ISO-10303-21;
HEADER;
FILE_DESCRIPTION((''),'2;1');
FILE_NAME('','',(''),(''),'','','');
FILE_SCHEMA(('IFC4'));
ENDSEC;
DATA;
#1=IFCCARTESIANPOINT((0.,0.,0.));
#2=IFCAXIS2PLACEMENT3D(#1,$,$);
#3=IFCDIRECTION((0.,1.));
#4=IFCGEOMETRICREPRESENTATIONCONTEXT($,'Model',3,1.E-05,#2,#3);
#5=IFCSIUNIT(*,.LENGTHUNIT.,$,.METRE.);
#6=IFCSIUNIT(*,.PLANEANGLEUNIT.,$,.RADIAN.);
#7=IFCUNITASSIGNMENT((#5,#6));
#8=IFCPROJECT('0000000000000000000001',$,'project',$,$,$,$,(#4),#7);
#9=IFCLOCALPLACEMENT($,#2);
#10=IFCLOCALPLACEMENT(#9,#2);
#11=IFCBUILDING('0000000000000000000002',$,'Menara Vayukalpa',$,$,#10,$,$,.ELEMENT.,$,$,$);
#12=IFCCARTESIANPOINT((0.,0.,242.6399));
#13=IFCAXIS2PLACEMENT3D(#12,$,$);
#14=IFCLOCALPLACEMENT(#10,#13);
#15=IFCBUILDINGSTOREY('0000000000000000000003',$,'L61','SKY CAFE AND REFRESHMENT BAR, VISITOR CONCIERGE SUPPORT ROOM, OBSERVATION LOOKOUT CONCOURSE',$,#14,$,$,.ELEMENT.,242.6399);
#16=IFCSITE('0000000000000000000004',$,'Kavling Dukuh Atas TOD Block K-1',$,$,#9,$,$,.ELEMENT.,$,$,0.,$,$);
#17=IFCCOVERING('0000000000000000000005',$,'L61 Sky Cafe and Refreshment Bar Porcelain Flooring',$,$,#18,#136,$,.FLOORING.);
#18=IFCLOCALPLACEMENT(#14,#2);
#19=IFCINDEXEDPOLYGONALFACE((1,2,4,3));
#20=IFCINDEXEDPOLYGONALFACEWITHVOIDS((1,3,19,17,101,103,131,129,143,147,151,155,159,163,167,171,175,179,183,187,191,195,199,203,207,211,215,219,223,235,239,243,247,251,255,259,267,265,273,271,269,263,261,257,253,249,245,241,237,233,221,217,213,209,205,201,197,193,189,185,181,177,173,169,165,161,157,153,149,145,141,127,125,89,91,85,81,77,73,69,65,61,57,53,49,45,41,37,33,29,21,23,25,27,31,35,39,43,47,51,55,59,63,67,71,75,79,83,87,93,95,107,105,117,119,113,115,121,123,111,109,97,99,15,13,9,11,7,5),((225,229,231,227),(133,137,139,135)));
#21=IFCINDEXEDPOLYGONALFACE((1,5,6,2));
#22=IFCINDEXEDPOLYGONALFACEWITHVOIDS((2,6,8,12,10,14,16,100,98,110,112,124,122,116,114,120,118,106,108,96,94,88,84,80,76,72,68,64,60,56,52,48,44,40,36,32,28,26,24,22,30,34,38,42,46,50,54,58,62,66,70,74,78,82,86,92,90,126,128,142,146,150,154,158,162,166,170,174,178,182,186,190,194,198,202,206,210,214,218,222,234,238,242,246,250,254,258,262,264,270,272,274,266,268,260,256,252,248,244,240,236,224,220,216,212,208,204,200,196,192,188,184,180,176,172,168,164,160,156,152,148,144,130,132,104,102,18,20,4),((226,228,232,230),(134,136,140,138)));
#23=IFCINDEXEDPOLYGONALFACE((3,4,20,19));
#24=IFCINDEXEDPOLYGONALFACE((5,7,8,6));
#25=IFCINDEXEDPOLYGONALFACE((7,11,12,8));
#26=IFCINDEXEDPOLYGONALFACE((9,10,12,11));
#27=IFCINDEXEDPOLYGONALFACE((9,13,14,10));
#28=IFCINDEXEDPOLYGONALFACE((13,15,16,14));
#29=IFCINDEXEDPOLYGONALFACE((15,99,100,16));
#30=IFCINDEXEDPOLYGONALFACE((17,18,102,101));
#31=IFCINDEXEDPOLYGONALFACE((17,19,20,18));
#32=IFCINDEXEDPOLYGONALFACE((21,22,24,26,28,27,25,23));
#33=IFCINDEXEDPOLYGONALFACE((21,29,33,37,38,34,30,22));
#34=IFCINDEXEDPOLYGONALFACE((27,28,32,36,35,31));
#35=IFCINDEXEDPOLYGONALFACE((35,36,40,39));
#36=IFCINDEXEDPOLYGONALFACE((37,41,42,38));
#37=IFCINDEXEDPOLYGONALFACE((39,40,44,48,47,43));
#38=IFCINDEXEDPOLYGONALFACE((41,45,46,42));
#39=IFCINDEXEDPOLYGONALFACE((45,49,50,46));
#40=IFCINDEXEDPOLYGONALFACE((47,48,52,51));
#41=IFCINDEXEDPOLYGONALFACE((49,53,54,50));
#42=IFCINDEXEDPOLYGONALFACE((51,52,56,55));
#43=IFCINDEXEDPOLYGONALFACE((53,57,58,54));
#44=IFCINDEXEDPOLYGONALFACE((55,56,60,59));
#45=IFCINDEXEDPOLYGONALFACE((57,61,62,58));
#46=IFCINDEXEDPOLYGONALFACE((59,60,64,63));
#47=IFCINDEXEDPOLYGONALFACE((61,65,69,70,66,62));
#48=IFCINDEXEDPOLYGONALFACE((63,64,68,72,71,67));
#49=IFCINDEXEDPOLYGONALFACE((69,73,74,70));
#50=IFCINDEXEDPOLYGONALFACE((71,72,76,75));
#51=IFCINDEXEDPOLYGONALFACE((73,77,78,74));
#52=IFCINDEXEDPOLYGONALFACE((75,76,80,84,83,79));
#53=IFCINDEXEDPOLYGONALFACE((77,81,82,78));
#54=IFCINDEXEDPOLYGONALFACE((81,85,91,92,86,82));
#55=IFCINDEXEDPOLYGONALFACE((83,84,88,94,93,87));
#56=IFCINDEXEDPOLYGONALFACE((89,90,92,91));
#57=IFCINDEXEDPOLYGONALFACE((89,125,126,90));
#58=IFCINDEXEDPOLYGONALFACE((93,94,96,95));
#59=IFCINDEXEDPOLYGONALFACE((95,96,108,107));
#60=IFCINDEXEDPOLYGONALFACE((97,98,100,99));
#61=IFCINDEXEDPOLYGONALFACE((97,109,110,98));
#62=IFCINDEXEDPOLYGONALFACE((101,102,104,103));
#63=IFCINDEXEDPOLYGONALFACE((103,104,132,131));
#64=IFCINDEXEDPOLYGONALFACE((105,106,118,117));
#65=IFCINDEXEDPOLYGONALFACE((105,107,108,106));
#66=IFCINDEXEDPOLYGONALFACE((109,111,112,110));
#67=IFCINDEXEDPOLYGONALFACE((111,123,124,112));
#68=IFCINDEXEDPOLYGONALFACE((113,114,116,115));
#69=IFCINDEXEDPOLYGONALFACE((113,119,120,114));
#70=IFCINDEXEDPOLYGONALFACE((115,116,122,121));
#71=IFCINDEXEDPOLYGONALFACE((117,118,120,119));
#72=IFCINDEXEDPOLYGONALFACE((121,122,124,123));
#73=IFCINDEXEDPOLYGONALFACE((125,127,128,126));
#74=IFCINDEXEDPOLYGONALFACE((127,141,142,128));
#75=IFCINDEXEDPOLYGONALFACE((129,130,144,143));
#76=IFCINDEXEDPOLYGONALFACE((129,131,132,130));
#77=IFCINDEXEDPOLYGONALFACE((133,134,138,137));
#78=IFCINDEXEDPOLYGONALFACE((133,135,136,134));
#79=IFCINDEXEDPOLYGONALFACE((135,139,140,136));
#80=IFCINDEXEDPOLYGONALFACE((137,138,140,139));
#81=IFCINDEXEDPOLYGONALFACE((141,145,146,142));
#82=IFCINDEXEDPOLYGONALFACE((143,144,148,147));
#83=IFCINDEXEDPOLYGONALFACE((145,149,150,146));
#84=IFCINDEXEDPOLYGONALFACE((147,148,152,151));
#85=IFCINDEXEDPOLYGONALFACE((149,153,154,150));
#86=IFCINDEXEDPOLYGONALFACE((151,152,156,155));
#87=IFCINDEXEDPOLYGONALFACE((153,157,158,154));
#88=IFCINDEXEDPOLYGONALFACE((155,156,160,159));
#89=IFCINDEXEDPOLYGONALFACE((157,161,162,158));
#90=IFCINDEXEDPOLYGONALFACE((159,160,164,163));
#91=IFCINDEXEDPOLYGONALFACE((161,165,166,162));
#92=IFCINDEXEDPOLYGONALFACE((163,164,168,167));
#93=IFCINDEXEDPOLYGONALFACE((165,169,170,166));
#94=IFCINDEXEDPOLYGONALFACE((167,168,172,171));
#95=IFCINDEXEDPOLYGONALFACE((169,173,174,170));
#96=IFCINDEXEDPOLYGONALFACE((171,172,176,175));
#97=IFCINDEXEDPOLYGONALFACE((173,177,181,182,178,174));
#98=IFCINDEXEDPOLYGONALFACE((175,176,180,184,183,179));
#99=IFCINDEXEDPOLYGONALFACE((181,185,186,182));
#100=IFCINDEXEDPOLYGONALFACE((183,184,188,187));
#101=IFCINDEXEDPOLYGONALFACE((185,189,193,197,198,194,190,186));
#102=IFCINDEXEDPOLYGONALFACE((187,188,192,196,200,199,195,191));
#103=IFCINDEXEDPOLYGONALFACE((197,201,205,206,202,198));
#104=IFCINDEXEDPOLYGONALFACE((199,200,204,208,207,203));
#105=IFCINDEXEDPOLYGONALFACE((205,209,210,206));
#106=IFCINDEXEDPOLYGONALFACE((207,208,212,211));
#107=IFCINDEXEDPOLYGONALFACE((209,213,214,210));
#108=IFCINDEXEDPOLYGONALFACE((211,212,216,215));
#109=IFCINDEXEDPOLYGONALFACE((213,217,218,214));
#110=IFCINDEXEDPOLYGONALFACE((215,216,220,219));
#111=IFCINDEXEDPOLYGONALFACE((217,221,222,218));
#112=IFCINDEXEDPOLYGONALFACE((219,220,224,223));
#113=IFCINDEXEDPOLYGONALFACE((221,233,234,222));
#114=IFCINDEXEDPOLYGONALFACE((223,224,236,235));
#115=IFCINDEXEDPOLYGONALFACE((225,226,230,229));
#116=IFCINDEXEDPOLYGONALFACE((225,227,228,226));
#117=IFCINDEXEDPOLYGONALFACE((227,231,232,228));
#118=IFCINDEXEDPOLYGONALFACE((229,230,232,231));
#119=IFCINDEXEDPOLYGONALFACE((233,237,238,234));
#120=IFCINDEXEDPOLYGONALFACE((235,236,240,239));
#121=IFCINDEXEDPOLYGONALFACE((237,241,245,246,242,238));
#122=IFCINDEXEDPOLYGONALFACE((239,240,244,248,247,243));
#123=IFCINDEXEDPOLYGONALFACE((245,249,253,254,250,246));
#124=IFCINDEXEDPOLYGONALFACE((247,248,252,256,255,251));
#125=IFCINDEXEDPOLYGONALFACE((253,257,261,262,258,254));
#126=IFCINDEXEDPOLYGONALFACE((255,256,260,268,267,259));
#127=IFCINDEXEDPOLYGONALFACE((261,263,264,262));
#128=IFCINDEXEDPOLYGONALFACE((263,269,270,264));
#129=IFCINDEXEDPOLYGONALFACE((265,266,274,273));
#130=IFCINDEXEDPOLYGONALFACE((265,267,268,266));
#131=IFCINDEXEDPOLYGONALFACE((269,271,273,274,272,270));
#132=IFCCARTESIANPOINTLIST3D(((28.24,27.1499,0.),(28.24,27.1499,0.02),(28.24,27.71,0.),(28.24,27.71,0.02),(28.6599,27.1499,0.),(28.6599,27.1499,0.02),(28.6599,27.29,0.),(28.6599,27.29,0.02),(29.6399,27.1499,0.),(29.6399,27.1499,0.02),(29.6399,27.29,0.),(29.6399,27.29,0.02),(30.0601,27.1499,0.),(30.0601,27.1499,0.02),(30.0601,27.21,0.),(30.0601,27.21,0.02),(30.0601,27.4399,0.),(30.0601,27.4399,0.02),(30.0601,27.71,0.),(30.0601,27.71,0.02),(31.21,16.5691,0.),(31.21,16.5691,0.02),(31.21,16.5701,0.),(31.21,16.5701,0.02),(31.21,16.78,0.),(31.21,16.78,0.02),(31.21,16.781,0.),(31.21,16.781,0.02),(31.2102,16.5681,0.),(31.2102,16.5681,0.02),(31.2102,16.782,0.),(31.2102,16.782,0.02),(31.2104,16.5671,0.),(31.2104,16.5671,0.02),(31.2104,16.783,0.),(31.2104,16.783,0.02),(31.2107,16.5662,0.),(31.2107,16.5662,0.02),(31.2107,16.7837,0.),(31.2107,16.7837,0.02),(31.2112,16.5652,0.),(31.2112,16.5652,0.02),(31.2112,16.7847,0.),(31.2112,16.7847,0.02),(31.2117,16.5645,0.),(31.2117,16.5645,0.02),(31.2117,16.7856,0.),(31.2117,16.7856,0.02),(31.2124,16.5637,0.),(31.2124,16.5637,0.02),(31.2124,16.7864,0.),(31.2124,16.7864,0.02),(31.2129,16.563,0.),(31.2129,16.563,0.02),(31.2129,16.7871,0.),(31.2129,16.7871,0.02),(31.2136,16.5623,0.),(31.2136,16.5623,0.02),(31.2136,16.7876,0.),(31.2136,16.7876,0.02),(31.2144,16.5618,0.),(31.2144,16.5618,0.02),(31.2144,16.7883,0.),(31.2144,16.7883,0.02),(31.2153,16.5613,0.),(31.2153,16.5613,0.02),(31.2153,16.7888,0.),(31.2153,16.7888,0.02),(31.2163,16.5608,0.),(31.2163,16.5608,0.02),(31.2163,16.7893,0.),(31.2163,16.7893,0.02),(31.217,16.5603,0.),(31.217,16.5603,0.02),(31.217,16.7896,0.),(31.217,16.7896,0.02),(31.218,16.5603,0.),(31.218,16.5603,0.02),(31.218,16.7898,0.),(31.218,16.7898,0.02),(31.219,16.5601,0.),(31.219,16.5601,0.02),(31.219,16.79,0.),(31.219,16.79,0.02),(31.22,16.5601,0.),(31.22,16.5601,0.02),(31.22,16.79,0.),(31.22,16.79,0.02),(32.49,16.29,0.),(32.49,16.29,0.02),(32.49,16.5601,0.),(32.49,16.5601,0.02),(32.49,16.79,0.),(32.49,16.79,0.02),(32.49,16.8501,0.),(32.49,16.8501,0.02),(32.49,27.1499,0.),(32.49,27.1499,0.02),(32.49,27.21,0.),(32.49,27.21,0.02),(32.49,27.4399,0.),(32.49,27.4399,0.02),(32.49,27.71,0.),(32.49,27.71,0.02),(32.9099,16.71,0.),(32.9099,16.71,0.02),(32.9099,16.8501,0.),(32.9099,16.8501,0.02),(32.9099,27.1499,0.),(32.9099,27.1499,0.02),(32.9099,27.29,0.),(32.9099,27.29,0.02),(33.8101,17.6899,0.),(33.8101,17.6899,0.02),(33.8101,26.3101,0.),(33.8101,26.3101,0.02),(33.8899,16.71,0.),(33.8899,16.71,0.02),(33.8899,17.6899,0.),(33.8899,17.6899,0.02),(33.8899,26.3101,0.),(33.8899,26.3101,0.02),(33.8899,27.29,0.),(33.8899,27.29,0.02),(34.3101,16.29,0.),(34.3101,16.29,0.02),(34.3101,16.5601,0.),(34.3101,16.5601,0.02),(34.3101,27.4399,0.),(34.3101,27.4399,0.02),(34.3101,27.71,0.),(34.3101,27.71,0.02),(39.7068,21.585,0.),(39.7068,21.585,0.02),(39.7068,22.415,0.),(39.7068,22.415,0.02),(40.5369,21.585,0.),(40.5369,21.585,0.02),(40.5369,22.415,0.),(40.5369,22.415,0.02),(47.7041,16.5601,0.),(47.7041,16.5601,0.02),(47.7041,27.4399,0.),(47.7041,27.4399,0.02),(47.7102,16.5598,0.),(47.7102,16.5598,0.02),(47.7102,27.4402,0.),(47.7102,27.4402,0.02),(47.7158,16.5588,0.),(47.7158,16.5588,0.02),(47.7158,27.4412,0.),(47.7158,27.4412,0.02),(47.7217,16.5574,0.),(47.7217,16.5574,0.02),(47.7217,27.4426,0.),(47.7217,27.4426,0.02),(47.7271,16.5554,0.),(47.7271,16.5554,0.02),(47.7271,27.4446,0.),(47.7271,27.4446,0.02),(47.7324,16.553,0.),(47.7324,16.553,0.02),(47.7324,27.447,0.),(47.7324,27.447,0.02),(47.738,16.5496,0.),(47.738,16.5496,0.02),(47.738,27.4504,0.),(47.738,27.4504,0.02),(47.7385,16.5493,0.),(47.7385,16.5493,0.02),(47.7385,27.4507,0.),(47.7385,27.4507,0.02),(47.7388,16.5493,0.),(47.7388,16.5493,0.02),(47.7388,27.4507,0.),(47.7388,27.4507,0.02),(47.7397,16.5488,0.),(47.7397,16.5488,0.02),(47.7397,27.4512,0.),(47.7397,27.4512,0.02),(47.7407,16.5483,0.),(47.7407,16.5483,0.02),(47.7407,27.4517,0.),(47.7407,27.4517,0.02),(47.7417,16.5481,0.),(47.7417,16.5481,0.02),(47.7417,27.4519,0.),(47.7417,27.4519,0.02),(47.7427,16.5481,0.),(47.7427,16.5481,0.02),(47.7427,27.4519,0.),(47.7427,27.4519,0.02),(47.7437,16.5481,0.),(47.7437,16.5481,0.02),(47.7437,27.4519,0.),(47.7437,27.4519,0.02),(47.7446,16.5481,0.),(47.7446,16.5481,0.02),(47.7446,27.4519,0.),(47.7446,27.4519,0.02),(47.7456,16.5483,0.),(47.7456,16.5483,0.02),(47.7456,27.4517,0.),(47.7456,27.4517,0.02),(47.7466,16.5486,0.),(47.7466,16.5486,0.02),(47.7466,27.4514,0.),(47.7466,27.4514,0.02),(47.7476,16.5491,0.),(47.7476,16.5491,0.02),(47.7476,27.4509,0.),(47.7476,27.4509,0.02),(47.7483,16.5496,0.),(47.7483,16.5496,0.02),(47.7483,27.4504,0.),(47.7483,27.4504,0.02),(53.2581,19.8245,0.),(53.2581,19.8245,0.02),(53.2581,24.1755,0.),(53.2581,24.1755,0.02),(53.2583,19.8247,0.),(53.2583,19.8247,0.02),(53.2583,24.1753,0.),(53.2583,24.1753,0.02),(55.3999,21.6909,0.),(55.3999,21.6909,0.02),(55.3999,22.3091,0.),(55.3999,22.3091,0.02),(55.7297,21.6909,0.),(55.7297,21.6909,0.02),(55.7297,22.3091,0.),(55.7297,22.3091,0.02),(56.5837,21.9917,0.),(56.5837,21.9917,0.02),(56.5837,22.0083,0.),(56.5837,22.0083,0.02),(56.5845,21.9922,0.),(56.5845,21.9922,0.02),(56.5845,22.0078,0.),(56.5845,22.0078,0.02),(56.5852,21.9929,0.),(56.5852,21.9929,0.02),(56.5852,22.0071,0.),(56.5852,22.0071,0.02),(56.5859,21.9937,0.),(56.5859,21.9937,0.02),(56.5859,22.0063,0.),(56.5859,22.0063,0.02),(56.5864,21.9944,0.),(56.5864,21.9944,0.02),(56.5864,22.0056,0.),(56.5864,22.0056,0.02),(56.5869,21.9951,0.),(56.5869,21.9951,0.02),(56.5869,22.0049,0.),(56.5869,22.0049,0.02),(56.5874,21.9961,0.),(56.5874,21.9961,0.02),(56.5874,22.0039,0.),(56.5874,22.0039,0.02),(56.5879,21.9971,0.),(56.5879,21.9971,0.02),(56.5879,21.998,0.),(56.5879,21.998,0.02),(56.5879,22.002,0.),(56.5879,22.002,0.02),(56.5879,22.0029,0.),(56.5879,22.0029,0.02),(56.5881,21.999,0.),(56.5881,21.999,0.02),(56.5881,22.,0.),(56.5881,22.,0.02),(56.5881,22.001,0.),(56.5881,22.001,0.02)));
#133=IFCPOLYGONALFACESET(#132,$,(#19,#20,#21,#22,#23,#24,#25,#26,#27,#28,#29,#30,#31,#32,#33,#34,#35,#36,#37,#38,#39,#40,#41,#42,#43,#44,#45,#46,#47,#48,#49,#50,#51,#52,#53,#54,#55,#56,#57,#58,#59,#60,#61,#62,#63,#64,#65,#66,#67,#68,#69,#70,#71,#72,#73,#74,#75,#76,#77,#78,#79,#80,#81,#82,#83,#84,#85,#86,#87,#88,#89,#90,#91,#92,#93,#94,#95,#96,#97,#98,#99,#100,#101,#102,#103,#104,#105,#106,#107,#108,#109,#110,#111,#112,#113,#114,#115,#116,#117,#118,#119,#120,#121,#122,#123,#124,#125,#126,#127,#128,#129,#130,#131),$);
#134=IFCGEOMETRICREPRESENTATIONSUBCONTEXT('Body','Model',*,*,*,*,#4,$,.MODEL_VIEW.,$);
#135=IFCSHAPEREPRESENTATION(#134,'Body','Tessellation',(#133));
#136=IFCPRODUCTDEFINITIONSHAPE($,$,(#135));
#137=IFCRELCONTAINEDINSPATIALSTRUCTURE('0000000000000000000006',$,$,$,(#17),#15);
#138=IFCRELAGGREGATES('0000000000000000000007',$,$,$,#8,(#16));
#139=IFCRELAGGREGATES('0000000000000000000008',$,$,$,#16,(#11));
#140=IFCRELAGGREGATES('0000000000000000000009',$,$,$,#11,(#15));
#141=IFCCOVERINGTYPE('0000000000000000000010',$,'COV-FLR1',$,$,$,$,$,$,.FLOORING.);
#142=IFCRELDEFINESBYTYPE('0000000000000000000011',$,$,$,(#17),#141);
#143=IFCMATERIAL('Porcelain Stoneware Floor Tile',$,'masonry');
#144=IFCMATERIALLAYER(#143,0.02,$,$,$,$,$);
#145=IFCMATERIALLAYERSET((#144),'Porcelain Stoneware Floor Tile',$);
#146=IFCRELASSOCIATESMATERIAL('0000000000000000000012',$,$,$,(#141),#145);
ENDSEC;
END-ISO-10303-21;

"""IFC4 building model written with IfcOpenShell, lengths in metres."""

from ifc_helpers import new_model, si_unit, direction, frame, origin, place, context, subcontext, project, spatial, polyline, outline, extrude, material, layer, layer_set, type_object, element, save


model = new_model("IFC4")

# Units and contexts
model_context = context("Model", 3, precision=1e-05, world=origin(), true_north=direction((0.0, 1.0)))
body_context = subcontext(model_context, "Body", "Model", "MODEL_VIEW")
ifc_project = project(units=[si_unit("LENGTHUNIT", "METRE"), si_unit("PLANEANGLEUNIT", "RADIAN")], contexts=[model_context])

# Site, building, storey
site_placement = place(None, origin())
site = spatial("IfcSite", under=ifc_project, at=site_placement, Name="Kavling Dukuh Atas TOD Block K-1", CompositionType="ELEMENT", RefElevation=0.0)
building_placement = place(site_placement, origin())
building = spatial("IfcBuilding", under=site, at=building_placement, Name="Menara Vayukalpa", CompositionType="ELEMENT")
storey_placement = place(building_placement, frame((0.0, 0.0, 242.6399)))
storey = spatial("IfcBuildingStorey", under=building, at=storey_placement, Name="L61", Description="SKY CAFE AND REFRESHMENT BAR, VISITOR CONCIERGE SUPPORT ROOM, OBSERVATION LOOKOUT CONCOURSE", CompositionType="ELEMENT", Elevation=242.6399)

# Covering
ifc_material_1 = material(Name="Porcelain Stoneware Floor Tile", Category="masonry")
ifc_layer_1 = layer(ifc_material_1, 0.02)
ifc_layer_set_1 = layer_set([ifc_layer_1], Name="Porcelain Stoneware Floor Tile")
covering_type_1 = type_object("IfcCoveringType", Name="COV-FLR1", PredefinedType="FLOORING", material=ifc_layer_set_1)
covering_1_placement = place(storey_placement, origin())
element("IfcCovering", 1, at=covering_1_placement, inside=storey, type_object=covering_type_1, Name="L61 Sky Cafe and Refreshment Bar Porcelain Flooring", PredefinedType="FLOORING", context=body_context, shape_type="SweptSolid", body=[
    extrude(outline(polyline([(31.219, 16.5601), (31.218, 16.5603), (31.217, 16.5603), (31.2163, 16.5608), (31.2153, 16.5613), (31.2144, 16.5618), (31.2136, 16.5623), (31.2129, 16.563), (31.2124, 16.5637), (31.2117, 16.5645), (31.2112, 16.5652), (31.2107, 16.5662), (31.2104, 16.5671), (31.2102, 16.5681), (31.21, 16.5691), (31.21, 16.5701), (31.21, 16.78), (31.21, 16.781), (31.2102, 16.782), (31.2104, 16.783), (31.2107, 16.7837), (31.2112, 16.7847), (31.2117, 16.7856), (31.2124, 16.7864), (31.2129, 16.7871), (31.2136, 16.7876), (31.2144, 16.7883), (31.2153, 16.7888), (31.2163, 16.7893), (31.217, 16.7896), (31.218, 16.7898), (31.219, 16.79), (31.22, 16.79), (32.49, 16.79), (32.49, 16.8501), (32.9099, 16.8501), (32.9099, 16.71), (33.8899, 16.71), (33.8899, 17.6899), (33.8101, 17.6899), (33.8101, 26.3101), (33.8899, 26.3101), (33.8899, 27.29), (32.9099, 27.29), (32.9099, 27.1499), (32.49, 27.1499), (32.49, 27.21), (30.0601, 27.21), (30.0601, 27.1499), (29.6399, 27.1499), (29.6399, 27.29), (28.6599, 27.29), (28.6599, 27.1499), (28.24, 27.1499), (28.24, 27.71), (30.0601, 27.71), (30.0601, 27.4399), (32.49, 27.4399), (32.49, 27.71), (34.3101, 27.71), (34.3101, 27.4399), (47.7041, 27.4399), (47.7102, 27.4402), (47.7158, 27.4412), (47.7217, 27.4426), (47.7271, 27.4446), (47.7324, 27.447), (47.738, 27.4504), (47.7385, 27.4507), (47.7388, 27.4507), (47.7397, 27.4512), (47.7407, 27.4517), (47.7417, 27.4519), (47.7427, 27.4519), (47.7437, 27.4519), (47.7446, 27.4519), (47.7456, 27.4517), (47.7466, 27.4514), (47.7476, 27.4509), (47.7483, 27.4504), (53.2581, 24.1755), (53.2583, 24.1753), (56.5837, 22.0083), (56.5845, 22.0078), (56.5852, 22.0071), (56.5859, 22.0063), (56.5864, 22.0056), (56.5869, 22.0049), (56.5874, 22.0039), (56.5879, 22.0029), (56.5879, 22.002), (56.5881, 22.001), (56.5881, 22.0), (56.5881, 21.999), (56.5879, 21.998), (56.5879, 21.9971), (56.5874, 21.9961), (56.5869, 21.9951), (56.5864, 21.9944), (56.5859, 21.9937), (56.5852, 21.9929), (56.5845, 21.9922), (56.5837, 21.9917), (53.2583, 19.8247), (53.2581, 19.8245), (47.7483, 16.5496), (47.7476, 16.5491), (47.7466, 16.5486), (47.7456, 16.5483), (47.7446, 16.5481), (47.7437, 16.5481), (47.7427, 16.5481), (47.7417, 16.5481), (47.7407, 16.5483), (47.7397, 16.5488), (47.7388, 16.5493), (47.7385, 16.5493), (47.738, 16.5496), (47.7324, 16.553), (47.7271, 16.5554), (47.7217, 16.5574), (47.7158, 16.5588), (47.7102, 16.5598), (47.7041, 16.5601), (34.3101, 16.5601), (34.3101, 16.29), (32.49, 16.29), (32.49, 16.5601), (31.22, 16.5601), (31.219, 16.5601)]), holes=[polyline([(40.5369, 22.415), (39.7068, 22.415), (39.7068, 21.585), (40.5369, 21.585), (40.5369, 22.415)]), polyline([(55.7297, 22.3091), (55.3999, 22.3091), (55.3999, 21.6909), (55.7297, 21.6909), (55.7297, 22.3091)])]), origin(), (0.0, 0.0, 1.0), 0.02),
])

save(model, "model.ifc")
